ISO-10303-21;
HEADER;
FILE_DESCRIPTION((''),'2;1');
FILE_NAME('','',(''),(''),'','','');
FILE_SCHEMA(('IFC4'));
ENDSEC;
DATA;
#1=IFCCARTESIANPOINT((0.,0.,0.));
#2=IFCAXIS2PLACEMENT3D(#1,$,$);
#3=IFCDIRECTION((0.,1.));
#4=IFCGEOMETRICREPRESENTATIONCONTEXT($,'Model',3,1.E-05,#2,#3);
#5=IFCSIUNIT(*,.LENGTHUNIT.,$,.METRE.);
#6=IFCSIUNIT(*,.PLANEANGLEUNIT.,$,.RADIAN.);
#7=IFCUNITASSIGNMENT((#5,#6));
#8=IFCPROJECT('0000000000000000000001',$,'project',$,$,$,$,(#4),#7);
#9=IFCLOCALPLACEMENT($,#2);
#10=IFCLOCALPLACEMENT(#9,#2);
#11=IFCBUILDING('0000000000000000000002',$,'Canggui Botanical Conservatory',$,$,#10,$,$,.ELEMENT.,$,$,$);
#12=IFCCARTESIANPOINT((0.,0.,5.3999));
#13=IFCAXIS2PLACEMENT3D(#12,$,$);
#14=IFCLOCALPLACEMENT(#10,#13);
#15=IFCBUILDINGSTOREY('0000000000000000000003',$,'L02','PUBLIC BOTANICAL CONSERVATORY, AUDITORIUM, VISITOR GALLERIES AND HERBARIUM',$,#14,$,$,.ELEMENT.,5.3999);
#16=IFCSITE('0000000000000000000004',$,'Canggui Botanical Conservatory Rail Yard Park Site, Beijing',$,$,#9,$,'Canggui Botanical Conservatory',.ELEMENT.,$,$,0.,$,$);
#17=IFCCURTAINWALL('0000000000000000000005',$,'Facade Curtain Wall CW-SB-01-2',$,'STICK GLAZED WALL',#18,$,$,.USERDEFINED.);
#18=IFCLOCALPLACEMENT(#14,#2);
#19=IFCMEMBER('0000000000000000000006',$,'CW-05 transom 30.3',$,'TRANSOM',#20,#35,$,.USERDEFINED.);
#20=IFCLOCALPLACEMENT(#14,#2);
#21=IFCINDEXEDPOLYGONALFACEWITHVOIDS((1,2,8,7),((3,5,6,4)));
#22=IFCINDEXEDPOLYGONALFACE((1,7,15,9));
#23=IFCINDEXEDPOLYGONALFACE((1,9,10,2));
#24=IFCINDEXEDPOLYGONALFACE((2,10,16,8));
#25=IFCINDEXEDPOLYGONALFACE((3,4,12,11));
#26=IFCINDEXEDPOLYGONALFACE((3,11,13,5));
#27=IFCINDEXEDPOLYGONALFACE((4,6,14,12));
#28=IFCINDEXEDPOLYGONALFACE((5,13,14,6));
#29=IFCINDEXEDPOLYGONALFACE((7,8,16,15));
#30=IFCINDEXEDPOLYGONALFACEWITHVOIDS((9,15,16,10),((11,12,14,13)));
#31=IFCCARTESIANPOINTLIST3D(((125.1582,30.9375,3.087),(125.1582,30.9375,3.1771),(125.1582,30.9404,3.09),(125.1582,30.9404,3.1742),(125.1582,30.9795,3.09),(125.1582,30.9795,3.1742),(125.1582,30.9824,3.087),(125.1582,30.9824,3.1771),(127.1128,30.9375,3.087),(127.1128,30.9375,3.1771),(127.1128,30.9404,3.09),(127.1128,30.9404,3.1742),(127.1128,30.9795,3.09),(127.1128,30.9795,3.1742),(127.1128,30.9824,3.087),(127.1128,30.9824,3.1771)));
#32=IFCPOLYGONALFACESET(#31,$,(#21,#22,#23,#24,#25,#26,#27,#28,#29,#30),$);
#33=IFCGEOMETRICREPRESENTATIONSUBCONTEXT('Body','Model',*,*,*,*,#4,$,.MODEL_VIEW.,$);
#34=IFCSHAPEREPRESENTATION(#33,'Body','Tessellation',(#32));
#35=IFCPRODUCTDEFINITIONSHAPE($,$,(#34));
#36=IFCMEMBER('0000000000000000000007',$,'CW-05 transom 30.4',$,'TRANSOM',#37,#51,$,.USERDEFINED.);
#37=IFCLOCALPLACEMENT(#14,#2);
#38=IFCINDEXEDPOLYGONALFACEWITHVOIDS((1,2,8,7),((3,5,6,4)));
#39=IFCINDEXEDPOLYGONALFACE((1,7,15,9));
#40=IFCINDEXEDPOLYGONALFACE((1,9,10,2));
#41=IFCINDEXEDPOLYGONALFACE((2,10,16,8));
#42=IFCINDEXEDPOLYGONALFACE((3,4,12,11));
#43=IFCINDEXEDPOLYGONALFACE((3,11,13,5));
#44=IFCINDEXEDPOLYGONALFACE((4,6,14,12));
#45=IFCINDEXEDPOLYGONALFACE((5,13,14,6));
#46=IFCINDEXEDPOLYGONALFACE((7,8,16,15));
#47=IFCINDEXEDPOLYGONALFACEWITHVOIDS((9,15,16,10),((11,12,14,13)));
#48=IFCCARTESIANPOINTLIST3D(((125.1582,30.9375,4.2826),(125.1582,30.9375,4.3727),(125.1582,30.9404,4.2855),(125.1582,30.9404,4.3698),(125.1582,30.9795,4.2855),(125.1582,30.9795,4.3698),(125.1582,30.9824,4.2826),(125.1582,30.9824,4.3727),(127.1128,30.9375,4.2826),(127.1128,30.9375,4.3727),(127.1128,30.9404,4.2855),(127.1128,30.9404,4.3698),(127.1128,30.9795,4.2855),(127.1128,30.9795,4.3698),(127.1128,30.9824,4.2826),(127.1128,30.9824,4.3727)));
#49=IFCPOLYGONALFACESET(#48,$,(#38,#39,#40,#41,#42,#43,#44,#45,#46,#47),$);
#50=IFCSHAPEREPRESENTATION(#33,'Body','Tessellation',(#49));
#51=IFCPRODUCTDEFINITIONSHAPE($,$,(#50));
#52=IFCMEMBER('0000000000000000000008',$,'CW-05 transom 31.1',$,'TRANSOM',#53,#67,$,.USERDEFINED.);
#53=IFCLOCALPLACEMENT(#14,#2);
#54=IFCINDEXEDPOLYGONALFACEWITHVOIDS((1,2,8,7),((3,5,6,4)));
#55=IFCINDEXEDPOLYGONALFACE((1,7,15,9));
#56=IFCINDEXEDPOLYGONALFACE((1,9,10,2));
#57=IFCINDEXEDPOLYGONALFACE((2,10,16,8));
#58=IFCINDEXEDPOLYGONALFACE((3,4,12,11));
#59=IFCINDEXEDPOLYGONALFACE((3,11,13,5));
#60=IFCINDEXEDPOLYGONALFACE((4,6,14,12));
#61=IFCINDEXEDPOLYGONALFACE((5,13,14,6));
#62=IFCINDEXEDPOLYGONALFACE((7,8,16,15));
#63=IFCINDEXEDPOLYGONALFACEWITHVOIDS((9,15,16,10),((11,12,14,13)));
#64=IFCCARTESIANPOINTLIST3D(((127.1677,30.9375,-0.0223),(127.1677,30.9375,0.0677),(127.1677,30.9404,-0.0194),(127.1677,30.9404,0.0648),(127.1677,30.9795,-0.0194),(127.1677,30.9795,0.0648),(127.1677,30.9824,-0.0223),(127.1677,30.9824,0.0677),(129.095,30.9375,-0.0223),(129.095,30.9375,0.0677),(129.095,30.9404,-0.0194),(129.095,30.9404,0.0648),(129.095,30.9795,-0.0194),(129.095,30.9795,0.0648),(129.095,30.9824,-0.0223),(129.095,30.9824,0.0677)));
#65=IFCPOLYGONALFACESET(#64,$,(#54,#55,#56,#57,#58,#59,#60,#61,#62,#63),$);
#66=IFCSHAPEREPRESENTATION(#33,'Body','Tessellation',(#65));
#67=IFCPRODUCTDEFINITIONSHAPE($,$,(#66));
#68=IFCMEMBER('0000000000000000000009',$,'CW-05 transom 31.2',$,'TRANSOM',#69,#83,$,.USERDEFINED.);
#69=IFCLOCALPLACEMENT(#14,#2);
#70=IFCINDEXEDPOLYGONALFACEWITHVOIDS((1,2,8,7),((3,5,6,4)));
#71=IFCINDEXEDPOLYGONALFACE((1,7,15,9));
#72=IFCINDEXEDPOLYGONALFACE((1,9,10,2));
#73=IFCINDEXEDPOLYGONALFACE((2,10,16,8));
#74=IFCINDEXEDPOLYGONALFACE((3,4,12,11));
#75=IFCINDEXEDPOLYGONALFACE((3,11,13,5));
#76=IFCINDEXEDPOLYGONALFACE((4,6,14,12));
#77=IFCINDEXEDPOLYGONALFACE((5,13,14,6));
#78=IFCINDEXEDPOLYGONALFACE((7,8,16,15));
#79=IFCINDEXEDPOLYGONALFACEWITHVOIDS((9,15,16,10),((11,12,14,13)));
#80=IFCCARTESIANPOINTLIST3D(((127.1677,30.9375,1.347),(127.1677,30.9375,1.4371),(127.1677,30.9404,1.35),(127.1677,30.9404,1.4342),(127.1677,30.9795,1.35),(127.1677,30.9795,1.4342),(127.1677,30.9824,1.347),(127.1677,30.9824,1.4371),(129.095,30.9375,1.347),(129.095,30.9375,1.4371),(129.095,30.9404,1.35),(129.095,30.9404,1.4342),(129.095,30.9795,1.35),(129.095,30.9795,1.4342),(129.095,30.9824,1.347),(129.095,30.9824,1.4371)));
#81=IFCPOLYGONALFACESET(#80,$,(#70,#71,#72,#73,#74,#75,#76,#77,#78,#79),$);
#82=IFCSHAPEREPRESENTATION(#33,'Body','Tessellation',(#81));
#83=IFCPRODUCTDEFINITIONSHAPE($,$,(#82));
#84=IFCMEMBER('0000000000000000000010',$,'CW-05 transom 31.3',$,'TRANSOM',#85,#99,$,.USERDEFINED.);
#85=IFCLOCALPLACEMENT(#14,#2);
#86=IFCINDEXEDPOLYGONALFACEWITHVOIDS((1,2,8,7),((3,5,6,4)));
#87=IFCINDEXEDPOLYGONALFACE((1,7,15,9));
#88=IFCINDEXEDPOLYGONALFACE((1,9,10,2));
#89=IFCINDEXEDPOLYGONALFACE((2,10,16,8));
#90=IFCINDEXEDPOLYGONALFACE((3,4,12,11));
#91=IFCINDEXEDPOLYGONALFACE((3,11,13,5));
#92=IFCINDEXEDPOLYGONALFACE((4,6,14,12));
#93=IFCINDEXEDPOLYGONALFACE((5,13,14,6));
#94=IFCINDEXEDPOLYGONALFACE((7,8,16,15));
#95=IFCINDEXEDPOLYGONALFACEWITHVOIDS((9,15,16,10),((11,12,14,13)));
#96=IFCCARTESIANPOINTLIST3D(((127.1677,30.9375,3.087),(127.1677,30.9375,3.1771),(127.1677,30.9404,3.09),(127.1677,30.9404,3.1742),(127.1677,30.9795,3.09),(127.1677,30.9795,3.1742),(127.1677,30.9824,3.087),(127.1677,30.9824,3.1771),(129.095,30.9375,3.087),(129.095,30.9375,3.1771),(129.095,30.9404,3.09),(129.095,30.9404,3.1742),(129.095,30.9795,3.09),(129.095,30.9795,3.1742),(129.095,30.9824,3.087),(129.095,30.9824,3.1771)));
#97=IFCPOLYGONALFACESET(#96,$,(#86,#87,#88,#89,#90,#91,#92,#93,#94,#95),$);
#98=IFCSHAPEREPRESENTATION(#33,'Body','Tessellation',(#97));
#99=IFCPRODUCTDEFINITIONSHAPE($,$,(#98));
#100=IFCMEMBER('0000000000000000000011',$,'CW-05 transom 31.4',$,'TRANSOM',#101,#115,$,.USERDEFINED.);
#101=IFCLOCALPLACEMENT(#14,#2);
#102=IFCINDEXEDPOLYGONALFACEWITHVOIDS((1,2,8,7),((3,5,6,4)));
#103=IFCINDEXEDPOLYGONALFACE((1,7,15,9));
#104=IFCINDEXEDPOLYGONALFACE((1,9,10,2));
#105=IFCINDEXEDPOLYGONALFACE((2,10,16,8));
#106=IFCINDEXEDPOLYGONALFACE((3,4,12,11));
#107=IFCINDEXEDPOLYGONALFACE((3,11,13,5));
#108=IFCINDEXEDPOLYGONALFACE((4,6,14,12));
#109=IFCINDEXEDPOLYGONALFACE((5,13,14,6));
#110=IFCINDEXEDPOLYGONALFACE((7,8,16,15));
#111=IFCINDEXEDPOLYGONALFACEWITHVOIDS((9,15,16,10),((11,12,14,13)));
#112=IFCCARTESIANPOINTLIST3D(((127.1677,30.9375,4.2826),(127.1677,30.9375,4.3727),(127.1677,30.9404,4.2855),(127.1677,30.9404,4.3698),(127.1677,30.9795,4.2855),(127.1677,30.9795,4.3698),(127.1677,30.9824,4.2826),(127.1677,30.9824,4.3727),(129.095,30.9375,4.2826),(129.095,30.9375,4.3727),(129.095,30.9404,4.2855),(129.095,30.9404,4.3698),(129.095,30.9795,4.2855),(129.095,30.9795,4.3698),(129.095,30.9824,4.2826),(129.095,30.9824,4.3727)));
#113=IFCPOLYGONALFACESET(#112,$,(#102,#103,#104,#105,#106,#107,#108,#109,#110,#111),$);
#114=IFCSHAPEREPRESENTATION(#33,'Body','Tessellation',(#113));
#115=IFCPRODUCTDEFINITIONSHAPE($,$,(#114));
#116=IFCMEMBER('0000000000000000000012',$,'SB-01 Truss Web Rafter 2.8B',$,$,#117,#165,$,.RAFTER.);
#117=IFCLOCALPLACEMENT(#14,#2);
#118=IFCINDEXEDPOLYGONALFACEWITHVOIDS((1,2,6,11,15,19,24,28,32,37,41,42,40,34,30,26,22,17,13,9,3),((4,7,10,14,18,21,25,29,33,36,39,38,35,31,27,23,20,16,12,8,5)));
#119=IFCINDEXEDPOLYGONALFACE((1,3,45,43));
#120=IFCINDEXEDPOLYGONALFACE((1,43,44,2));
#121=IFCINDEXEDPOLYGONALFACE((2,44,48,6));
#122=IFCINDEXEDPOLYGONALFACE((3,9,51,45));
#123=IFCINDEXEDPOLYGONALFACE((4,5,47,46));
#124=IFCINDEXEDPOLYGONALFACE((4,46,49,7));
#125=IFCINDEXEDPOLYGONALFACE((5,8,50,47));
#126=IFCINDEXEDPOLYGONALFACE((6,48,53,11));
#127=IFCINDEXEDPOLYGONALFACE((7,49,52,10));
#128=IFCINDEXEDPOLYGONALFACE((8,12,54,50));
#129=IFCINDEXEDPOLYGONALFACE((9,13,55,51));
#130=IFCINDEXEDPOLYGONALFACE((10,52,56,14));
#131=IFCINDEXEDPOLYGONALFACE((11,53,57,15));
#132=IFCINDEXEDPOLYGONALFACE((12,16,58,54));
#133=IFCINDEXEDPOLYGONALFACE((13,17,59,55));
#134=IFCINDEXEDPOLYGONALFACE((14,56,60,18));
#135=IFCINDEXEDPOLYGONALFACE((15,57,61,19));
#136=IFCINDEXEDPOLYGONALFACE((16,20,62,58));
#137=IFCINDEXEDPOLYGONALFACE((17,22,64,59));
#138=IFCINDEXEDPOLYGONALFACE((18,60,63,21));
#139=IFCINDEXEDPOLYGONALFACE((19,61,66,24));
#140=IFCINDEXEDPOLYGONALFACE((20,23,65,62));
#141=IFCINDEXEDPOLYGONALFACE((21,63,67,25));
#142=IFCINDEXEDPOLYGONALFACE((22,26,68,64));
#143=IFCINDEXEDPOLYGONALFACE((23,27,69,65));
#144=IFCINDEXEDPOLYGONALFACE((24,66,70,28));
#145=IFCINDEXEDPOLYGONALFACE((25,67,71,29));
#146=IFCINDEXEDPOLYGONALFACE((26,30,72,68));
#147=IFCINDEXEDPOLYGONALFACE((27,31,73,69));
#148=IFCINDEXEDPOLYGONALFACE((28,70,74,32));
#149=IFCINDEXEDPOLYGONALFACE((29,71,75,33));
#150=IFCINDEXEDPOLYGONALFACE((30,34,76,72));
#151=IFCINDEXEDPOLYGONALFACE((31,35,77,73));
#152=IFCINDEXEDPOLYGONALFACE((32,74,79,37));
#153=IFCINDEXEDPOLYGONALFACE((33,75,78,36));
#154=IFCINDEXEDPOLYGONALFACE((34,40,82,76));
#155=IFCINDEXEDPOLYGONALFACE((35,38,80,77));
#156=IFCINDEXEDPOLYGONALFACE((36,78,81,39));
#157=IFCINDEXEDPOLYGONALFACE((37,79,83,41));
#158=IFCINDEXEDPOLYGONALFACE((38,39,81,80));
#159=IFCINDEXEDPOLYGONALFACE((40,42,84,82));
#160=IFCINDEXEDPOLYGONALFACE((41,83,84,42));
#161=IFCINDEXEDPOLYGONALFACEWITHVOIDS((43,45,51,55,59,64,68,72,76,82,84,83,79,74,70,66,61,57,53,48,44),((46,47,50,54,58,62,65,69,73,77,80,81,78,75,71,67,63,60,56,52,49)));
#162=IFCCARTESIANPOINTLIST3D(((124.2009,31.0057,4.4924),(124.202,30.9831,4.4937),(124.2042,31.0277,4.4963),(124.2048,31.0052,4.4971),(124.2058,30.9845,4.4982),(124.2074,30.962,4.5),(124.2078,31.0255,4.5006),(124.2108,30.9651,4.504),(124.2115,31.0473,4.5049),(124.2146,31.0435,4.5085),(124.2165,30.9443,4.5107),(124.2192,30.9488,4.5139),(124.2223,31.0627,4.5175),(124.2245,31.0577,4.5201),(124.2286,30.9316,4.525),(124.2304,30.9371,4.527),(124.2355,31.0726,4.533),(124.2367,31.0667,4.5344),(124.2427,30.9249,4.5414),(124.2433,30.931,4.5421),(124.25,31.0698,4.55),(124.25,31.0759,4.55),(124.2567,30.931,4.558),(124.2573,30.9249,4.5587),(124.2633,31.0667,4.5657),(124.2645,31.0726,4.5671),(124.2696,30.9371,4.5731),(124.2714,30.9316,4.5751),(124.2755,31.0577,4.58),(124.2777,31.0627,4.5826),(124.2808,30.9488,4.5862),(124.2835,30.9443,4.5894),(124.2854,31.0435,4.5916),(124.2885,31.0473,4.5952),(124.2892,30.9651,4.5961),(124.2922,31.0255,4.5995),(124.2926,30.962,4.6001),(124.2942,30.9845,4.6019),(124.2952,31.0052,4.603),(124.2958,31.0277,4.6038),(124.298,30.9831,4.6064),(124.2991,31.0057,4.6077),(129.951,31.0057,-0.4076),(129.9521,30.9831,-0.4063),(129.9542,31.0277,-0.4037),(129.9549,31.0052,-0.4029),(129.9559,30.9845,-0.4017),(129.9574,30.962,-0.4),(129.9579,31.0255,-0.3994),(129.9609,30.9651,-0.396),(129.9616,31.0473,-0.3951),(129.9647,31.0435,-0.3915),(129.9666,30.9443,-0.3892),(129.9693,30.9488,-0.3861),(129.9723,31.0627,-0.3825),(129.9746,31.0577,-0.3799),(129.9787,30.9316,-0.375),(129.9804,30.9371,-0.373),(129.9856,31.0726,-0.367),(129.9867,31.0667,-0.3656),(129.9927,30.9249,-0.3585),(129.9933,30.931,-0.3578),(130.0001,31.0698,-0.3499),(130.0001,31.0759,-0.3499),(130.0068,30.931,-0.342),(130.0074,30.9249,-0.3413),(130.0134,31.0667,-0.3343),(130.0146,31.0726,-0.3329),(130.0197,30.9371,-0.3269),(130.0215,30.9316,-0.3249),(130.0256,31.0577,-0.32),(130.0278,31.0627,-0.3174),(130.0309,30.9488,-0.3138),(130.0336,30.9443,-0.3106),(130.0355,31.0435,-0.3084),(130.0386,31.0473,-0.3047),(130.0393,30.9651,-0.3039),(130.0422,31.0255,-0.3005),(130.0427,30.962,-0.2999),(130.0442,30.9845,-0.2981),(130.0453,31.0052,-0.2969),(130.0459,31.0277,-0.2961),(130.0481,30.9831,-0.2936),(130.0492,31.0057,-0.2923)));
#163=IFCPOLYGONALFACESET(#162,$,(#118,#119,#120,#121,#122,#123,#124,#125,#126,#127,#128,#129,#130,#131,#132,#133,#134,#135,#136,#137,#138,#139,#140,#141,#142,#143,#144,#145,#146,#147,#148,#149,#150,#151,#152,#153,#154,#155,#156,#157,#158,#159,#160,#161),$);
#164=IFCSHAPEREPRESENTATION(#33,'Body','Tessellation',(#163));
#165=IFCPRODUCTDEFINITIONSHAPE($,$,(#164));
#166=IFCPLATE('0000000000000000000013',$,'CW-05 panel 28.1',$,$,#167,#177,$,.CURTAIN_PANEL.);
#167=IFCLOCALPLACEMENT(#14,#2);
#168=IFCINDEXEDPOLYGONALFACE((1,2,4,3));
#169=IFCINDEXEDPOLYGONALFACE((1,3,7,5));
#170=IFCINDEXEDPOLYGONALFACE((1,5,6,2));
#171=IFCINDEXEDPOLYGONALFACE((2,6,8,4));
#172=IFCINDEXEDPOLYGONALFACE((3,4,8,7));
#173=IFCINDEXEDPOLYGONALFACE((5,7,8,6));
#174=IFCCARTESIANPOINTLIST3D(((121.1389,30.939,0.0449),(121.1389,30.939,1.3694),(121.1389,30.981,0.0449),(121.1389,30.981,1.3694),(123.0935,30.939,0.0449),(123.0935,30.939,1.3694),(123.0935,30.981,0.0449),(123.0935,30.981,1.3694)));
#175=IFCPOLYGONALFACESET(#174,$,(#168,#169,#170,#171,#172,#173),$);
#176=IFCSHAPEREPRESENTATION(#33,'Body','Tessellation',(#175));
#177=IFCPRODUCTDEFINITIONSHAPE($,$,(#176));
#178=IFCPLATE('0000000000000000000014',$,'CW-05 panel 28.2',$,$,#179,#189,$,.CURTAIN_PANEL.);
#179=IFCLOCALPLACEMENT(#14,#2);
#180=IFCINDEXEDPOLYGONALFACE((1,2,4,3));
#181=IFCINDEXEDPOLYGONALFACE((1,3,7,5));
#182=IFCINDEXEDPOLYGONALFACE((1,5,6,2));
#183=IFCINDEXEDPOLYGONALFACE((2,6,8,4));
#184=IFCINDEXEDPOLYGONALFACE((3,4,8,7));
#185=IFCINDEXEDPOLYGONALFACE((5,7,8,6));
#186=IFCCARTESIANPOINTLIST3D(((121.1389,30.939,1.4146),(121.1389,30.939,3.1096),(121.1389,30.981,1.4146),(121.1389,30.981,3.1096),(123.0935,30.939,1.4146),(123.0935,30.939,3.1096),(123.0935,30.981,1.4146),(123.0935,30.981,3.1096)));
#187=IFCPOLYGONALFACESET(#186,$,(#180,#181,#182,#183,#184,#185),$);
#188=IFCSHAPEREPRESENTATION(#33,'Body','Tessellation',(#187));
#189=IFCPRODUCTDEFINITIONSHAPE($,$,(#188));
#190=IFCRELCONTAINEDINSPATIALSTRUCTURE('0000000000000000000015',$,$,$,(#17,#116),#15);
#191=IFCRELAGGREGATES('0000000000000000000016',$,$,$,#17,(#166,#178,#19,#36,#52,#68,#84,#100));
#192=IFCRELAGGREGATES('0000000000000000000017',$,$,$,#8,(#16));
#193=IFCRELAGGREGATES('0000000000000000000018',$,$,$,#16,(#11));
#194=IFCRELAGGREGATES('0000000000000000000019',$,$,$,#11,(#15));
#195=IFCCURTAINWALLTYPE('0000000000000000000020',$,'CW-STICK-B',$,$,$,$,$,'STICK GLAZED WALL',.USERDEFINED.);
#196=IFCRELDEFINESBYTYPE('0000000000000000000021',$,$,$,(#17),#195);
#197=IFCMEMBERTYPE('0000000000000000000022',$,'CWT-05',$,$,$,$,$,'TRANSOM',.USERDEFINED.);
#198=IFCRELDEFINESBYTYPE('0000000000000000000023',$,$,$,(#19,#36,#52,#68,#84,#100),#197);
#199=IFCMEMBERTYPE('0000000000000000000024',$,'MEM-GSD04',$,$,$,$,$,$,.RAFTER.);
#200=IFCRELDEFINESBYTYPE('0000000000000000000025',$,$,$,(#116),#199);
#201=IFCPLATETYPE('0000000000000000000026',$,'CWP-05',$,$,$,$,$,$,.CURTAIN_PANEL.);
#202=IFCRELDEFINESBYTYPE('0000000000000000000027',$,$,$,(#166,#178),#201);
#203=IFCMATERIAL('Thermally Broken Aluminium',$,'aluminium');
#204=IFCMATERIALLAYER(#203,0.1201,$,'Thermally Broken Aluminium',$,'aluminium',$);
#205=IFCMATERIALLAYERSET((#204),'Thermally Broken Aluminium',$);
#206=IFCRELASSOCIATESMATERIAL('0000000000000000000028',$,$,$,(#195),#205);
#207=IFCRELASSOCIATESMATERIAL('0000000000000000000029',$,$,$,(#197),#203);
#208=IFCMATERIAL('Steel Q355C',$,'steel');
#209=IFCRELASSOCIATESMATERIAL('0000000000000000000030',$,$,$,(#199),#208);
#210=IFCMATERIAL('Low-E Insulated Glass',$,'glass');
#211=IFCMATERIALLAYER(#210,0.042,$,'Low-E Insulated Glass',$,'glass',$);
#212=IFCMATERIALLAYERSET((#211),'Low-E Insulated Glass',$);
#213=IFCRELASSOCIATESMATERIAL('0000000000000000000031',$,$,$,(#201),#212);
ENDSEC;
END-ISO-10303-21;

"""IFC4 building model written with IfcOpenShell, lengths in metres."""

from ifc_helpers import new_model, si_unit, direction, frame, origin, origin_2d, place, context, subcontext, project, spatial, rectangle, hollow_rectangle, hollow_circle, extrude, material, layer, layer_set, material_profile, profile_set, type_object, element, aggregate, save


model = new_model("IFC4")

# Units and contexts
model_context = context("Model", 3, precision=1e-05, world=origin(), true_north=direction((0.0, 1.0)))
body_context = subcontext(model_context, "Body", "Model", "MODEL_VIEW")
ifc_project = project(units=[si_unit("LENGTHUNIT", "METRE"), si_unit("PLANEANGLEUNIT", "RADIAN")], contexts=[model_context])

# Site, building, storey
site_placement = place(None, origin())
site = spatial("IfcSite", under=ifc_project, at=site_placement, Name="Canggui Botanical Conservatory Rail Yard Park Site, Beijing", LongName="Canggui Botanical Conservatory", CompositionType="ELEMENT", RefElevation=0.0)
building_placement = place(site_placement, origin())
building = spatial("IfcBuilding", under=site, at=building_placement, Name="Canggui Botanical Conservatory", CompositionType="ELEMENT")
storey_placement = place(building_placement, frame((0.0, 0.0, 5.3999)))
storey = spatial("IfcBuildingStorey", under=building, at=storey_placement, Name="L02", Description="PUBLIC BOTANICAL CONSERVATORY, AUDITORIUM, VISITOR GALLERIES AND HERBARIUM", CompositionType="ELEMENT", Elevation=5.3999)

# Curtain wall, members
ifc_material_1 = material(Name="Thermally Broken Aluminium", Category="aluminium")
ifc_layer_1 = layer(ifc_material_1, 0.1201, Name="Thermally Broken Aluminium", Category="aluminium")
ifc_layer_set_1 = layer_set([ifc_layer_1], Name="Thermally Broken Aluminium")
curtain_wall_type = type_object("IfcCurtainWallType", Name="CW-STICK-B", ElementType="STICK GLAZED WALL", PredefinedType="USERDEFINED", material=ifc_layer_set_1)
curtain_wall_placement = place(storey_placement, origin())
curtain_wall = element("IfcCurtainWall", 1, at=curtain_wall_placement, inside=storey, type_object=curtain_wall_type, Name="Facade Curtain Wall CW-SB-01-2", ObjectType="STICK GLAZED WALL", PredefinedType="USERDEFINED")
ifc_material_profile_1 = material_profile(ifc_material_1, hollow_rectangle(XDim=0.0449, YDim=0.0901, WallThickness=0.0029, at=origin_2d()), Name="CWT 45x90x3")
ifc_profile_set_1 = profile_set([ifc_material_profile_1], Name="Thermally Broken Aluminium")
member_type_1 = type_object("IfcMemberType", Name="CWT-05", ElementType="TRANSOM", PredefinedType="USERDEFINED", material=ifc_profile_set_1)
member_1_placement = place(storey_placement, frame((125.1582, 30.96, 3.1321), z_axis=(1.0, 0.0, 0.0), x_axis=(0.0, 1.0, 0.0)))
member_1 = element("IfcMember", 2, at=member_1_placement, type_object=member_type_1, Name="CW-05 transom 30.3", ObjectType="TRANSOM", PredefinedType="USERDEFINED", context=body_context, shape_type="SweptSolid", body=[
    extrude(hollow_rectangle(XDim=0.0449, YDim=0.0901, WallThickness=0.0029, at=origin_2d()), origin(), (0.0, 0.0, 1.0), 1.9546),
])
member_2_placement = place(storey_placement, frame((125.1582, 30.96, 4.3276), z_axis=(1.0, 0.0, 0.0), x_axis=(0.0, 1.0, 0.0)))
member_2 = element("IfcMember", 3, at=member_2_placement, type_object=member_type_1, Name="CW-05 transom 30.4", ObjectType="TRANSOM", PredefinedType="USERDEFINED", context=body_context, shape_type="SweptSolid", body=[
    extrude(hollow_rectangle(XDim=0.0449, YDim=0.0901, WallThickness=0.0029, at=origin_2d()), origin(), (0.0, 0.0, 1.0), 1.9546),
])
member_3_placement = place(storey_placement, frame((127.1677, 30.96, 0.0227), z_axis=(1.0, 0.0, 0.0), x_axis=(0.0, 1.0, 0.0)))
member_3 = element("IfcMember", 4, at=member_3_placement, type_object=member_type_1, Name="CW-05 transom 31.1", ObjectType="TRANSOM", PredefinedType="USERDEFINED", context=body_context, shape_type="SweptSolid", body=[
    extrude(hollow_rectangle(XDim=0.0449, YDim=0.0901, WallThickness=0.0029, at=origin_2d()), origin(), (0.0, 0.0, 1.0), 1.9272),
])
member_4_placement = place(storey_placement, frame((127.1677, 30.96, 1.3921), z_axis=(1.0, 0.0, 0.0), x_axis=(0.0, 1.0, 0.0)))
member_4 = element("IfcMember", 5, at=member_4_placement, type_object=member_type_1, Name="CW-05 transom 31.2", ObjectType="TRANSOM", PredefinedType="USERDEFINED", context=body_context, shape_type="SweptSolid", body=[
    extrude(hollow_rectangle(XDim=0.0449, YDim=0.0901, WallThickness=0.0029, at=origin_2d()), origin(), (0.0, 0.0, 1.0), 1.9272),
])
member_5_placement = place(storey_placement, frame((127.1677, 30.96, 3.1321), z_axis=(1.0, 0.0, 0.0), x_axis=(0.0, 1.0, 0.0)))
member_5 = element("IfcMember", 6, at=member_5_placement, type_object=member_type_1, Name="CW-05 transom 31.3", ObjectType="TRANSOM", PredefinedType="USERDEFINED", context=body_context, shape_type="SweptSolid", body=[
    extrude(hollow_rectangle(XDim=0.0449, YDim=0.0901, WallThickness=0.0029, at=origin_2d()), origin(), (0.0, 0.0, 1.0), 1.9272),
])
member_6_placement = place(storey_placement, frame((127.1677, 30.96, 4.3276), z_axis=(1.0, 0.0, 0.0), x_axis=(0.0, 1.0, 0.0)))
member_6 = element("IfcMember", 7, at=member_6_placement, type_object=member_type_1, Name="CW-05 transom 31.4", ObjectType="TRANSOM", PredefinedType="USERDEFINED", context=body_context, shape_type="SweptSolid", body=[
    extrude(hollow_rectangle(XDim=0.0449, YDim=0.0901, WallThickness=0.0029, at=origin_2d()), origin(), (0.0, 0.0, 1.0), 1.9272),
])

# Member
ifc_material_2 = material(Name="Steel Q355C", Category="steel")
ifc_material_profile_2 = material_profile(ifc_material_2, hollow_circle(Radius=0.0759, WallThickness=0.0061, at=origin_2d()), Name="CHS 152x6")
ifc_profile_set_2 = profile_set([ifc_material_profile_2], Name="Steel Q355C")
member_type_2 = type_object("IfcMemberType", Name="MEM-GSD04", PredefinedType="RAFTER", material=ifc_profile_set_2)
member_7_placement = place(storey_placement, frame((124.25, 31.0, 4.55), z_axis=(0.761129, 0.0, -0.648601), x_axis=(0.0, 1.0, 0.0)))
element("IfcMember", 8, at=member_7_placement, inside=storey, type_object=member_type_2, Name="SB-01 Truss Web Rafter 2.8B", PredefinedType="RAFTER", context=body_context, shape_type="SweptSolid", body=[
    extrude(hollow_circle(Radius=0.0759, WallThickness=0.0061, at=origin_2d()), origin(), (0.0, 0.0, 1.0), 7.5547),
])

# Plates
ifc_material_3 = material(Name="Low-E Insulated Glass", Category="glass")
ifc_layer_2 = layer(ifc_material_3, 0.042, Name="Low-E Insulated Glass", Category="glass")
ifc_layer_set_2 = layer_set([ifc_layer_2], Name="Low-E Insulated Glass")
plate_type_1 = type_object("IfcPlateType", Name="CWP-05", PredefinedType="CURTAIN_PANEL", material=ifc_layer_set_2)
plate_1_placement = place(storey_placement, frame((122.1162, 30.96, 0.0449), z_axis=(0.0, 0.0, 1.0), x_axis=(1.0, 0.0, 0.0)))
plate_1 = element("IfcPlate", 9, at=plate_1_placement, type_object=plate_type_1, Name="CW-05 panel 28.1", PredefinedType="CURTAIN_PANEL", context=body_context, shape_type="SweptSolid", body=[
    extrude(rectangle(XDim=1.9546, YDim=0.042, at=origin_2d()), origin(), (0.0, 0.0, 1.0), 1.3245),
])
plate_2_placement = place(storey_placement, frame((122.1162, 30.96, 1.4146), z_axis=(0.0, 0.0, 1.0), x_axis=(1.0, 0.0, 0.0)))
plate_2 = element("IfcPlate", 10, at=plate_2_placement, type_object=plate_type_1, Name="CW-05 panel 28.2", PredefinedType="CURTAIN_PANEL", context=body_context, shape_type="SweptSolid", body=[
    extrude(rectangle(XDim=1.9546, YDim=0.042, at=origin_2d()), origin(), (0.0, 0.0, 1.0), 1.6951),
])
aggregate(curtain_wall, [plate_1, plate_2, member_1, member_2, member_3, member_4, member_5, member_6])

save(model, "model.ifc")
